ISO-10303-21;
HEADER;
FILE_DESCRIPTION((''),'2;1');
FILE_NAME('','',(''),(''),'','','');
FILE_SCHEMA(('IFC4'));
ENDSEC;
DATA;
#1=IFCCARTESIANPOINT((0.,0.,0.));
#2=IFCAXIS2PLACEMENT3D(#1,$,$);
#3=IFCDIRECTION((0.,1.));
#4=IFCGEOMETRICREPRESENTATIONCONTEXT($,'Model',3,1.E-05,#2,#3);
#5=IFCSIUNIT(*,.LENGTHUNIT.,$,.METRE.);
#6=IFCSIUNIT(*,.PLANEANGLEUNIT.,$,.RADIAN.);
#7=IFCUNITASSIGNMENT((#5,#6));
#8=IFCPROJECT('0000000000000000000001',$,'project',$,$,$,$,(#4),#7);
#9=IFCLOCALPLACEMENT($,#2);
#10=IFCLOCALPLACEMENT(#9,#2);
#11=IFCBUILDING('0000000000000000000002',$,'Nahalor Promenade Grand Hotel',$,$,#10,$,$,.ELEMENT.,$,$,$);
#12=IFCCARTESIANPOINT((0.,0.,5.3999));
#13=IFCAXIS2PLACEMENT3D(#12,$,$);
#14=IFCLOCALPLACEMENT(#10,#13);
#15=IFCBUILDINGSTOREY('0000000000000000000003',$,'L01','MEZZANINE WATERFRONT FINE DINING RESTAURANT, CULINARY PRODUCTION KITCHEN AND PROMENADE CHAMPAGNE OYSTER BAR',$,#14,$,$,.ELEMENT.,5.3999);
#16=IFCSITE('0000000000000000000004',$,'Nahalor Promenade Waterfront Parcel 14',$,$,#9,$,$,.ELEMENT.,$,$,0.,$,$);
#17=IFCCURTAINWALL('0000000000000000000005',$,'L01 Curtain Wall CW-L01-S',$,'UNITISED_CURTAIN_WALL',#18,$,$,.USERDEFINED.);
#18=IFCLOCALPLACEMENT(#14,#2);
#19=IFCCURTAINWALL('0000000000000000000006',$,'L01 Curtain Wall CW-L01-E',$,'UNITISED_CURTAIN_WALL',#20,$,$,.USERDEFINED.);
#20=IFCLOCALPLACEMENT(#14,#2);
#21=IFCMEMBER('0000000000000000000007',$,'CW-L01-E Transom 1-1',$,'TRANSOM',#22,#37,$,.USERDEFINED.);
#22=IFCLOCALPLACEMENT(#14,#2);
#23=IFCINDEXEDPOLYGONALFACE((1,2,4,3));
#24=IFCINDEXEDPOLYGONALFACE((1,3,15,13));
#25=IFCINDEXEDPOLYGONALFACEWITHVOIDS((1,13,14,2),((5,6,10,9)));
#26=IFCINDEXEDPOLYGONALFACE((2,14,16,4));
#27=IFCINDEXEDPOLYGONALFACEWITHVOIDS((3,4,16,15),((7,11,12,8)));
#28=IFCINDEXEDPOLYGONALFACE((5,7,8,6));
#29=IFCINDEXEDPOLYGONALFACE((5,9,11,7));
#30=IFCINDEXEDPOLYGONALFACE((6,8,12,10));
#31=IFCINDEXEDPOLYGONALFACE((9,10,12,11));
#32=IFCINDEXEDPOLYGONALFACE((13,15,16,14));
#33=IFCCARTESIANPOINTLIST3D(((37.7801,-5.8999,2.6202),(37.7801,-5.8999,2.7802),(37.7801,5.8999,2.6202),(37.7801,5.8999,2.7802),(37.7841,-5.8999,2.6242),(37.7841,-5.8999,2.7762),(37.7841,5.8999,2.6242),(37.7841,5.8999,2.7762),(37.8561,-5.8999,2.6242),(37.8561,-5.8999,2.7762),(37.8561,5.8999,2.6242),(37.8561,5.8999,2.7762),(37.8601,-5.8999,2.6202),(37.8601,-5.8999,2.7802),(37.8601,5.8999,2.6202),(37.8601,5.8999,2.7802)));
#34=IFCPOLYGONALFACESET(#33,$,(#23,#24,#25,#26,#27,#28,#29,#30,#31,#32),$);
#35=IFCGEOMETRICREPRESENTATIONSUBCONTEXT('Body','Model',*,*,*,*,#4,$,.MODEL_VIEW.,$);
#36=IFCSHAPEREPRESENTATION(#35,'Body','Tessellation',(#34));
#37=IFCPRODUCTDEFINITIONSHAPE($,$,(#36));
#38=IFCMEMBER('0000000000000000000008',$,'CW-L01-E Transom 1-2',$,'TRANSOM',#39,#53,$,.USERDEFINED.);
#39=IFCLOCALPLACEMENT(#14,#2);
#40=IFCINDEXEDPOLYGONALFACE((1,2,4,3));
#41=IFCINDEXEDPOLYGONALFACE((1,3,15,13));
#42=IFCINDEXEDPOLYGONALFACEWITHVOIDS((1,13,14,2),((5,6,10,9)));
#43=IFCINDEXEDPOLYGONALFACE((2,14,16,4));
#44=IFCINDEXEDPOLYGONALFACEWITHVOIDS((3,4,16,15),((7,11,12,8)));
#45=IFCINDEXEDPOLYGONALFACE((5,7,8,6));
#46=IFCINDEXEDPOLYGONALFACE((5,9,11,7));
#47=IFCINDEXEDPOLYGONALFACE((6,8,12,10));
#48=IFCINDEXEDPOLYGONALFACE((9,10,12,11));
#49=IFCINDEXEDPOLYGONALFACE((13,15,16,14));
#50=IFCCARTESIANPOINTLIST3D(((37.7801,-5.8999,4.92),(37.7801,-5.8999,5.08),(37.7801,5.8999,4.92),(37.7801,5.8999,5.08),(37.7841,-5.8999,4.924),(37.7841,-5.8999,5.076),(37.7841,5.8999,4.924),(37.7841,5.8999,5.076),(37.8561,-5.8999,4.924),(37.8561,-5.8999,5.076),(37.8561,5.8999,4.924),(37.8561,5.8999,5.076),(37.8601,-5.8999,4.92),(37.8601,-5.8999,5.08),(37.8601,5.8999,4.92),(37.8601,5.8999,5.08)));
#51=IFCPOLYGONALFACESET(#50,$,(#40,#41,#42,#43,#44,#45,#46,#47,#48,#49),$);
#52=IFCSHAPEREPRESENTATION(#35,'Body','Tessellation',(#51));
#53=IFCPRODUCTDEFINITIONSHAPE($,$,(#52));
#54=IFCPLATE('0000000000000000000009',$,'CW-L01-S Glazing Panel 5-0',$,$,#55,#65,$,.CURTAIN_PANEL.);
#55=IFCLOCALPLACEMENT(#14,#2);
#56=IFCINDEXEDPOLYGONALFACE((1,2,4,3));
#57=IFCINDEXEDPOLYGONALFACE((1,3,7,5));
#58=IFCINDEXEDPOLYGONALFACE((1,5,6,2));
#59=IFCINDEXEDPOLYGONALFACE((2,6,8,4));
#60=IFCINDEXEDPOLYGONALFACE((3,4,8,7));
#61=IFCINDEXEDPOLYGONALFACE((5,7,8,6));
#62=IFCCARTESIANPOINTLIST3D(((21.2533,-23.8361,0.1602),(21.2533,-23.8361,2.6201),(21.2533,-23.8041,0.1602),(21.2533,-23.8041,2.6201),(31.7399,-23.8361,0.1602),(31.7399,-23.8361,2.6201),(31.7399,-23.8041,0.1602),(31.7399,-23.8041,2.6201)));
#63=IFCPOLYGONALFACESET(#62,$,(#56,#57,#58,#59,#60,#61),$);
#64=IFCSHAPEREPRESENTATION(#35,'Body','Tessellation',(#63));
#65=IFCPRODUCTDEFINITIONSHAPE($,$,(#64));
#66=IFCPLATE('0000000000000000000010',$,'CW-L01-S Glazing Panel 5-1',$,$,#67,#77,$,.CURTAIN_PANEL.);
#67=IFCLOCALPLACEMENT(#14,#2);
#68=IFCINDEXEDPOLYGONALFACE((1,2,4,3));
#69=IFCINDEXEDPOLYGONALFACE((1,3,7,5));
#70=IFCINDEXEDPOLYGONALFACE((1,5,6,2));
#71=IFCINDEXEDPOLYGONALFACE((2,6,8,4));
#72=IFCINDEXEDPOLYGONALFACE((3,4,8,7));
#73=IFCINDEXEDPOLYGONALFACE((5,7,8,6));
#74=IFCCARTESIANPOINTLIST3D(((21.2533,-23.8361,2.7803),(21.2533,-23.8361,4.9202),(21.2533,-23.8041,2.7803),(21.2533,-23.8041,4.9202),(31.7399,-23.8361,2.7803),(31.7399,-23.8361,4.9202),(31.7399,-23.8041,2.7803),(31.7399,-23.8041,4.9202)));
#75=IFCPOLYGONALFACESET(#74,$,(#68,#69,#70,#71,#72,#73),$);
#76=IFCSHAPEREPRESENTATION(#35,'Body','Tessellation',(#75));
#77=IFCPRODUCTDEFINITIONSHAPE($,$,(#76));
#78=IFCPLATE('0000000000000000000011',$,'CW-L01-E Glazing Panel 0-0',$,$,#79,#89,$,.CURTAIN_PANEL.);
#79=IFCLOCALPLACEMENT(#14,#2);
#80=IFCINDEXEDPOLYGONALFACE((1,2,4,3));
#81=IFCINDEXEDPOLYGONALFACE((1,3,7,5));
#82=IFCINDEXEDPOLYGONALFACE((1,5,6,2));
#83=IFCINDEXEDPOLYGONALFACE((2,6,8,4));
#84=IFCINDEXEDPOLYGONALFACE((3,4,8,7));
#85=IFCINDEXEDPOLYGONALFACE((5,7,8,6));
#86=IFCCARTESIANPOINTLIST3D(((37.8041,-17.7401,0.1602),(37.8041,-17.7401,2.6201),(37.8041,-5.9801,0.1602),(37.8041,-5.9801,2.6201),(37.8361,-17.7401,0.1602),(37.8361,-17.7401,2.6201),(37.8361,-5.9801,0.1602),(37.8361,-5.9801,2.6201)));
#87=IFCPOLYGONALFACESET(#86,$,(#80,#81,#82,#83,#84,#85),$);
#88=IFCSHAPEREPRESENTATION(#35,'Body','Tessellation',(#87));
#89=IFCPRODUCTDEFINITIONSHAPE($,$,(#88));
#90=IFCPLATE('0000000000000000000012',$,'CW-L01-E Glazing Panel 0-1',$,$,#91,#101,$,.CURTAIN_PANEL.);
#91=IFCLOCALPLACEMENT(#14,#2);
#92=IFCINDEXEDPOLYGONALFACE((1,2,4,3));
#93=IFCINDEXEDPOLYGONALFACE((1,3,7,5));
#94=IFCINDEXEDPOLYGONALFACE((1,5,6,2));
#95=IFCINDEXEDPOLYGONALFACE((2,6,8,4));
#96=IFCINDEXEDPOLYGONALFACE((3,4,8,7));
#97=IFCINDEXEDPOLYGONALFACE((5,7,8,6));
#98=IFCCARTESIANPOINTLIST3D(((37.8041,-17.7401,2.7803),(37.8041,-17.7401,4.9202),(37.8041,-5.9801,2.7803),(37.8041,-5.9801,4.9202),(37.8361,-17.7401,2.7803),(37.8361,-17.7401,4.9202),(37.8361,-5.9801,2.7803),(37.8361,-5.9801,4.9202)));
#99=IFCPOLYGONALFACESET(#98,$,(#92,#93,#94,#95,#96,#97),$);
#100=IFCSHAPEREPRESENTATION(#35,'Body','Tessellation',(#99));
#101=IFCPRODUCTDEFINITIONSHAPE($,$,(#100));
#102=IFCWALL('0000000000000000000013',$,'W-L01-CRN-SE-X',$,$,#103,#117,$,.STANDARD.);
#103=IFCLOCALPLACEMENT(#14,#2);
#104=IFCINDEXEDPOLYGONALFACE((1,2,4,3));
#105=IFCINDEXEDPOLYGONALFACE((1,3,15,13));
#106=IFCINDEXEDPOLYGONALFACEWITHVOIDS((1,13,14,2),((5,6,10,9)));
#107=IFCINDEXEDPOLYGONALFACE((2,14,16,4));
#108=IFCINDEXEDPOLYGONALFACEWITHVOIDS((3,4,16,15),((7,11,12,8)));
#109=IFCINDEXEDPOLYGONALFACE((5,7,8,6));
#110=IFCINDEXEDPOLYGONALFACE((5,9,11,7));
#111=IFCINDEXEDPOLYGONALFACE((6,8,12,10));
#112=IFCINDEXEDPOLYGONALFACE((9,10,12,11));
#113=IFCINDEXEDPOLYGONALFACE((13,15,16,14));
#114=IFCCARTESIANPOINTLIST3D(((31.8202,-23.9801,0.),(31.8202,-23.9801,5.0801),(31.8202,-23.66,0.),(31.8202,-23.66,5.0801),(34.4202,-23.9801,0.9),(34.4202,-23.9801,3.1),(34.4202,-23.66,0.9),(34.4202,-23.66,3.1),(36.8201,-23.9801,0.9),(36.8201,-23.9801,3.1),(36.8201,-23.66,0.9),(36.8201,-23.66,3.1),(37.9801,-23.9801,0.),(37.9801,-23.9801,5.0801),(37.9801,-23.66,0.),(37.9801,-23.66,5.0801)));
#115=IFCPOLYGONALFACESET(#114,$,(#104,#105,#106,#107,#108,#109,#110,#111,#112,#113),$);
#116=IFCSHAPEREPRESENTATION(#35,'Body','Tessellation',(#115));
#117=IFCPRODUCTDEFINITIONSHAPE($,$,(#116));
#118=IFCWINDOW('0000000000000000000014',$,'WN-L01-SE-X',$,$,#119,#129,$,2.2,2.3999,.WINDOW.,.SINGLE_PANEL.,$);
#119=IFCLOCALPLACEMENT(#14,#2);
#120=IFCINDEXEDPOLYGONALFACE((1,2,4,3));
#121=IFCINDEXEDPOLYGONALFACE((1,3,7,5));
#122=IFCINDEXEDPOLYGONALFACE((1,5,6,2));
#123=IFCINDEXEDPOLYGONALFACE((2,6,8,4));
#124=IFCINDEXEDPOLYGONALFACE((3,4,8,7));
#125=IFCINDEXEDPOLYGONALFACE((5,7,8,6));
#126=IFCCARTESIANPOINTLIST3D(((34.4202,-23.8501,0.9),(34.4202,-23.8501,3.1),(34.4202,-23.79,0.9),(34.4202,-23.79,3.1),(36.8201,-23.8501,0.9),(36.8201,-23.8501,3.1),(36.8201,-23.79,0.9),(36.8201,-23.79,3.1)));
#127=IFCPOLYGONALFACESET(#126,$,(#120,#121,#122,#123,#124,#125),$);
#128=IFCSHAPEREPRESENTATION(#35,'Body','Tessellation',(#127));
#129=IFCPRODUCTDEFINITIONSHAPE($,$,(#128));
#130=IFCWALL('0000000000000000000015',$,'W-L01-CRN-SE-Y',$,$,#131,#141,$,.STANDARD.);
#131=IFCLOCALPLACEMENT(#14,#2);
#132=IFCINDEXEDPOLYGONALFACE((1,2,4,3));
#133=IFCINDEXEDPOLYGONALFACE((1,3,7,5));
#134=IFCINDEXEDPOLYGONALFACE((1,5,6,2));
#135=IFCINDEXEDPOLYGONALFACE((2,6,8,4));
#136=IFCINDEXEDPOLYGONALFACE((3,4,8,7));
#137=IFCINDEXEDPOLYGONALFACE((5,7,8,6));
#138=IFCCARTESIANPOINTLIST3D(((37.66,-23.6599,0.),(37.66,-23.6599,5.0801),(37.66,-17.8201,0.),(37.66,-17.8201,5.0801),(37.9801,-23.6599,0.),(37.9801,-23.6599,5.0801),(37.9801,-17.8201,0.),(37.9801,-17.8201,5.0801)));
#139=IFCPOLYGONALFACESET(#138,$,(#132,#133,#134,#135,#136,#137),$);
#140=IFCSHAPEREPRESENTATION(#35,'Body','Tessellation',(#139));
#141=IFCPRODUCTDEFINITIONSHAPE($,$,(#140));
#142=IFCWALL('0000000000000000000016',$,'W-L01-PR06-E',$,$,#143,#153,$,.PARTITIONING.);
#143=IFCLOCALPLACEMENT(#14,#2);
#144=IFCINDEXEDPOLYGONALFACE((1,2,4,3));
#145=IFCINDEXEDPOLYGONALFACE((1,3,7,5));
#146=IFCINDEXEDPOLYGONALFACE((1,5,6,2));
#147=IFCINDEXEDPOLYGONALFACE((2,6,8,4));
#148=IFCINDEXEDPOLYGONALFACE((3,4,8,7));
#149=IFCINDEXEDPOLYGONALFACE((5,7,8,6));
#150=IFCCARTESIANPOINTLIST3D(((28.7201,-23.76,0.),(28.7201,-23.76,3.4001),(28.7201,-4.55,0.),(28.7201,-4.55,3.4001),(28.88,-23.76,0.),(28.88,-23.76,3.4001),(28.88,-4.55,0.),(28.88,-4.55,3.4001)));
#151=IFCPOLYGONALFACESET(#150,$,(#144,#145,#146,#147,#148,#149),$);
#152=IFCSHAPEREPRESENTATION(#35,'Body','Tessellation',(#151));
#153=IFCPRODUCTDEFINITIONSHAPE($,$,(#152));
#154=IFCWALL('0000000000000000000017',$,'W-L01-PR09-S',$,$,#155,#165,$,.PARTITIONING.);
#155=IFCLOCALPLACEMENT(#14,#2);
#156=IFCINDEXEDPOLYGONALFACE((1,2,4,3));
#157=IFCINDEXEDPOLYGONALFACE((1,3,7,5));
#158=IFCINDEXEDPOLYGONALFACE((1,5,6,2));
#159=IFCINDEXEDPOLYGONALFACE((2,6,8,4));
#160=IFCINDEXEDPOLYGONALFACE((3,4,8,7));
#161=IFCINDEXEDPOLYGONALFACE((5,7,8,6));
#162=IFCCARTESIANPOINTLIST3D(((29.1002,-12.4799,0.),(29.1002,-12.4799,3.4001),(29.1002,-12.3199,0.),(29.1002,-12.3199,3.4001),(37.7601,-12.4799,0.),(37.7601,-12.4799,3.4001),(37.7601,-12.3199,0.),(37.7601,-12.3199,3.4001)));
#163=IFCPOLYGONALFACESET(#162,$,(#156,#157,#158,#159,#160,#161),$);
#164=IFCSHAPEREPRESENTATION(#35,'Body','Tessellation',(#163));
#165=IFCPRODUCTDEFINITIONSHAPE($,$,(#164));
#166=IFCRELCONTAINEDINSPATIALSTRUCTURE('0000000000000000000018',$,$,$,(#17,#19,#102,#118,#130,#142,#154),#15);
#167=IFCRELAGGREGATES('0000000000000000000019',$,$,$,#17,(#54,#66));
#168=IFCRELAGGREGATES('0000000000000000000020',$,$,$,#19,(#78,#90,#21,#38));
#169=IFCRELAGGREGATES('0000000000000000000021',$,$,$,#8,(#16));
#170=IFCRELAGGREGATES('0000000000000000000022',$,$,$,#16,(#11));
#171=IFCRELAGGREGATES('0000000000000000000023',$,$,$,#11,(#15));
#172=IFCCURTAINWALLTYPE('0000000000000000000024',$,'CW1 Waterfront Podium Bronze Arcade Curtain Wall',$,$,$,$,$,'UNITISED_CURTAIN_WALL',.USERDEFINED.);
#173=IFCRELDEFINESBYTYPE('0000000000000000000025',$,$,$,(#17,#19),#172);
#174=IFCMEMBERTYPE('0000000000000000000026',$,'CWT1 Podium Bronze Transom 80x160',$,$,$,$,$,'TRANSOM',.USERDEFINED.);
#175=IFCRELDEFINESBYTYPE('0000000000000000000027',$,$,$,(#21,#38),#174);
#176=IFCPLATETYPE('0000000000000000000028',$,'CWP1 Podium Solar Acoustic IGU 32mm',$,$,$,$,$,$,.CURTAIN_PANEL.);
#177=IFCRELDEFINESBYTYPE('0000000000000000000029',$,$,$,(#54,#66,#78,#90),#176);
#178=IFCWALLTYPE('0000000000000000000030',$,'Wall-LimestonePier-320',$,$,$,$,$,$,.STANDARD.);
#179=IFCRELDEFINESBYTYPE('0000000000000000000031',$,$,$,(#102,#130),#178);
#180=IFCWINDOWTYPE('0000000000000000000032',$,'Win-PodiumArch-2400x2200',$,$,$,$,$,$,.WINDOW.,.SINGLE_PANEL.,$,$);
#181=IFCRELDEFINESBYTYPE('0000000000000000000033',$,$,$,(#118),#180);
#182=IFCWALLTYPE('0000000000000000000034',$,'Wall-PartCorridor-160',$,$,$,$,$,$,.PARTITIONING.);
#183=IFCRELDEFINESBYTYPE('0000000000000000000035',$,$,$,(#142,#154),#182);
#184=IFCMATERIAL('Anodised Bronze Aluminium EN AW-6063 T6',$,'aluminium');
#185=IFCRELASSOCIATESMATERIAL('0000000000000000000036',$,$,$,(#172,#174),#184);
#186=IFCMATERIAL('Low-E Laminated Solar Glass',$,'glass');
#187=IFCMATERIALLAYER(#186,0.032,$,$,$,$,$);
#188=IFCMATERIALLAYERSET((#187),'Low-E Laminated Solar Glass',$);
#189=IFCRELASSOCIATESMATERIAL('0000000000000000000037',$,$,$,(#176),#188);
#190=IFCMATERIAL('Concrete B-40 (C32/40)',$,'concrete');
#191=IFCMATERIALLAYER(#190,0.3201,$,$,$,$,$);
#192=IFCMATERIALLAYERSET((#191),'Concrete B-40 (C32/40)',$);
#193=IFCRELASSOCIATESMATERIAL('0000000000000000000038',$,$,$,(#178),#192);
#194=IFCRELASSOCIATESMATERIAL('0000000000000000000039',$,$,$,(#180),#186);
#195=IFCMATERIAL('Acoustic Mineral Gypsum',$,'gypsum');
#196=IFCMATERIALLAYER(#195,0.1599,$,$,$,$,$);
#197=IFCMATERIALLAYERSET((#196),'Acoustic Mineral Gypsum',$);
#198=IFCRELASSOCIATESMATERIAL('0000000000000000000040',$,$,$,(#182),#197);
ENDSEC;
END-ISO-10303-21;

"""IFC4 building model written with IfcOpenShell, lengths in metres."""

from ifc_helpers import new_model, si_unit, direction, frame, frame_2d, origin, origin_2d, place, context, subcontext, project, spatial, rectangle, hollow_rectangle, extrude, source, transform, mapped, material, layer, layer_set, material_profile, profile_set, type_object, element, fill, aggregate, save


model = new_model("IFC4")

# Units and contexts
model_context = context("Model", 3, precision=1e-05, world=origin(), true_north=direction((0.0, 1.0)))
body_context = subcontext(model_context, "Body", "Model", "MODEL_VIEW")
ifc_project = project(units=[si_unit("LENGTHUNIT", "METRE"), si_unit("PLANEANGLEUNIT", "RADIAN")], contexts=[model_context])

# Site, building, storey
site_placement = place(None, origin())
site = spatial("IfcSite", under=ifc_project, at=site_placement, Name="Nahalor Promenade Waterfront Parcel 14", CompositionType="ELEMENT", RefElevation=0.0)
building_placement = place(site_placement, origin())
building = spatial("IfcBuilding", under=site, at=building_placement, Name="Nahalor Promenade Grand Hotel", CompositionType="ELEMENT")
storey_placement = place(building_placement, frame((0.0, 0.0, 5.3999)))
storey = spatial("IfcBuildingStorey", under=building, at=storey_placement, Name="L01", Description="MEZZANINE WATERFRONT FINE DINING RESTAURANT, CULINARY PRODUCTION KITCHEN AND PROMENADE CHAMPAGNE OYSTER BAR", CompositionType="ELEMENT", Elevation=5.3999)

# Curtain wall
ifc_material_1 = material(Name="Anodised Bronze Aluminium EN AW-6063 T6", Category="aluminium")
curtain_wall_type = type_object("IfcCurtainWallType", Name="CW1 Waterfront Podium Bronze Arcade Curtain Wall", ElementType="UNITISED_CURTAIN_WALL", PredefinedType="USERDEFINED", material=ifc_material_1)
curtain_wall_1_placement = place(storey_placement, origin())
curtain_wall_1 = element("IfcCurtainWall", 1, at=curtain_wall_1_placement, inside=storey, type_object=curtain_wall_type, Name="L01 Curtain Wall CW-L01-S", ObjectType="UNITISED_CURTAIN_WALL", PredefinedType="USERDEFINED")

# Curtain wall, members
curtain_wall_2_placement = place(storey_placement, origin())
curtain_wall_2 = element("IfcCurtainWall", 2, at=curtain_wall_2_placement, inside=storey, type_object=curtain_wall_type, Name="L01 Curtain Wall CW-L01-E", ObjectType="UNITISED_CURTAIN_WALL", PredefinedType="USERDEFINED")
ifc_material_profile_1 = material_profile(ifc_material_1, hollow_rectangle(XDim=0.08, YDim=0.16, WallThickness=0.004, at=origin_2d()), Name="CWT 80x160x4")
ifc_profile_set_1 = profile_set([ifc_material_profile_1], Name="Anodised Bronze Aluminium EN AW-6063 T6")
member_type_1 = type_object("IfcMemberType", Name="CWT1 Podium Bronze Transom 80x160", ElementType="TRANSOM", PredefinedType="USERDEFINED", material=ifc_profile_set_1)
shared_shape_1 = source(origin(), body_context, "Body", "SweptSolid", [
    extrude(hollow_rectangle(XDim=0.08, YDim=0.16, WallThickness=0.004, at=origin_2d()), origin(), (0.0, 0.0, 1.0), 11.7998),
])
member_1_placement = place(storey_placement, frame((37.8201, -5.8999, 2.7002), z_axis=(0.0, 1.0, 0.0), x_axis=(-1.0, 0.0, 0.0)))
member_1 = element("IfcMember", 3, at=member_1_placement, type_object=member_type_1, Name="CW-L01-E Transom 1-1", ObjectType="TRANSOM", PredefinedType="USERDEFINED", context=body_context, shape_type="MappedRepresentation", body=[
    mapped(shared_shape_1, transform((0.0, 0.0, 0.0), scale=1.0)),
])
member_2_placement = place(storey_placement, frame((37.8201, -5.8999, 5.0), z_axis=(0.0, 1.0, 0.0), x_axis=(-1.0, 0.0, 0.0)))
member_2 = element("IfcMember", 4, at=member_2_placement, type_object=member_type_1, Name="CW-L01-E Transom 1-2", ObjectType="TRANSOM", PredefinedType="USERDEFINED", context=body_context, shape_type="MappedRepresentation", body=[
    mapped(shared_shape_1, transform((0.0, 0.0, 0.0), scale=1.0)),
])

# Plates
ifc_material_2 = material(Name="Low-E Laminated Solar Glass", Category="glass")
ifc_layer_1 = layer(ifc_material_2, 0.032)
ifc_layer_set_1 = layer_set([ifc_layer_1], Name="Low-E Laminated Solar Glass")
plate_type = type_object("IfcPlateType", Name="CWP1 Podium Solar Acoustic IGU 32mm", PredefinedType="CURTAIN_PANEL", material=ifc_layer_set_1)
shared_shape_2 = source(origin(), body_context, "Body", "SweptSolid", [
    extrude(rectangle(XDim=10.4866, YDim=0.032, at=origin_2d()), origin(), (0.0, 0.0, 1.0), 2.46),
])
plate_1_placement = place(storey_placement, frame((26.4966, -23.8201, 0.1602), z_axis=(0.0, 0.0, 1.0), x_axis=(1.0, 0.0, 0.0)))
plate_1 = element("IfcPlate", 5, at=plate_1_placement, type_object=plate_type, Name="CW-L01-S Glazing Panel 5-0", PredefinedType="CURTAIN_PANEL", context=body_context, shape_type="MappedRepresentation", body=[
    mapped(shared_shape_2, transform((0.0, 0.0, 0.0), scale=1.0)),
])
shared_shape_3 = source(origin(), body_context, "Body", "SweptSolid", [
    extrude(rectangle(XDim=10.4866, YDim=0.032, at=origin_2d()), origin(), (0.0, 0.0, 1.0), 2.1399),
])
plate_2_placement = place(storey_placement, frame((26.4966, -23.8201, 2.7803), z_axis=(0.0, 0.0, 1.0), x_axis=(1.0, 0.0, 0.0)))
plate_2 = element("IfcPlate", 6, at=plate_2_placement, type_object=plate_type, Name="CW-L01-S Glazing Panel 5-1", PredefinedType="CURTAIN_PANEL", context=body_context, shape_type="MappedRepresentation", body=[
    mapped(shared_shape_3, transform((0.0, 0.0, 0.0), scale=1.0)),
])
aggregate(curtain_wall_1, [plate_1, plate_2])
shared_shape_4 = source(origin(), body_context, "Body", "SweptSolid", [
    extrude(rectangle(XDim=11.76, YDim=0.032, at=origin_2d()), origin(), (0.0, 0.0, 1.0), 2.46),
])
plate_3_placement = place(storey_placement, frame((37.8201, -11.8601, 0.1602), z_axis=(0.0, 0.0, 1.0), x_axis=(0.0, 1.0, 0.0)))
plate_3 = element("IfcPlate", 7, at=plate_3_placement, type_object=plate_type, Name="CW-L01-E Glazing Panel 0-0", PredefinedType="CURTAIN_PANEL", context=body_context, shape_type="MappedRepresentation", body=[
    mapped(shared_shape_4, transform((0.0, 0.0, 0.0), scale=1.0)),
])
shared_shape_5 = source(origin(), body_context, "Body", "SweptSolid", [
    extrude(rectangle(XDim=11.76, YDim=0.032, at=origin_2d()), origin(), (0.0, 0.0, 1.0), 2.1399),
])
plate_4_placement = place(storey_placement, frame((37.8201, -11.8601, 2.7803), z_axis=(0.0, 0.0, 1.0), x_axis=(0.0, 1.0, 0.0)))
plate_4 = element("IfcPlate", 8, at=plate_4_placement, type_object=plate_type, Name="CW-L01-E Glazing Panel 0-1", PredefinedType="CURTAIN_PANEL", context=body_context, shape_type="MappedRepresentation", body=[
    mapped(shared_shape_5, transform((0.0, 0.0, 0.0), scale=1.0)),
])
aggregate(curtain_wall_2, [plate_3, plate_4, member_1, member_2])

# Wall, opening, window
ifc_material_3 = material(Name="Concrete B-40 (C32/40)", Category="concrete")
ifc_layer_2 = layer(ifc_material_3, 0.3201)
ifc_layer_set_2 = layer_set([ifc_layer_2], Name="Concrete B-40 (C32/40)")
wall_type_1 = type_object("IfcWallType", Name="Wall-LimestonePier-320", PredefinedType="STANDARD", material=ifc_layer_set_2)
shared_shape_6 = source(origin(), body_context, "Body", "SweptSolid", [
    extrude(rectangle(XDim=6.1599, YDim=0.3201, at=frame_2d((3.0801, 0.0))), origin(), (0.0, 0.0, 1.0), 5.0801),
])
wall_1_placement = place(storey_placement, frame((31.8201, -23.8201, 0.0), z_axis=(0.0, 0.0, 1.0), x_axis=(1.0, 0.0, 0.0)))
wall_1 = element("IfcWall", 9, at=wall_1_placement, inside=storey, type_object=wall_type_1, Name="W-L01-CRN-SE-X", PredefinedType="STANDARD", context=body_context, shape_type="MappedRepresentation", body=[
    mapped(shared_shape_6, transform((0.0, 0.0, 0.0), scale=1.0)),
])
opening_placement = place(wall_1_placement, frame((2.6001, 0.0, 0.8999)))
opening = element("IfcOpeningElement", 10, at=opening_placement, cuts=wall_1, PredefinedType="OPENING", context=body_context, shape_type="SweptSolid", body=[
    extrude(rectangle(XDim=2.3999, YDim=2.2, at=frame_2d((1.2, 1.1001))), frame((0.0, 0.1699, 0.0), z_axis=(0.0, -1.0, 0.0), x_axis=(1.0, 0.0, 0.0)), (0.0, 0.0, 1.0), 0.3401),
])
window_type = type_object("IfcWindowType", Name="Win-PodiumArch-2400x2200", PartitioningType="SINGLE_PANEL", PredefinedType="WINDOW", material=ifc_material_2)
shared_shape_7 = source(origin(), body_context, "Body", "SweptSolid", [
    extrude(rectangle(XDim=2.3999, YDim=2.2, at=frame_2d((1.2, 1.1001))), frame((0.0, 0.03, 0.0), z_axis=(0.0, -1.0, 0.0), x_axis=(1.0, 0.0, 0.0)), (0.0, 0.0, 1.0), 0.0601),
])
window_placement = place(opening_placement, origin())
window = element("IfcWindow", 11, at=window_placement, inside=storey, type_object=window_type, Name="WN-L01-SE-X", OverallHeight=2.2, OverallWidth=2.3999, PartitioningType="SINGLE_PANEL", PredefinedType="WINDOW", context=body_context, shape_type="MappedRepresentation", body=[
    mapped(shared_shape_7, transform((0.0, 0.0, 0.0), scale=1.0)),
])
fill(opening, window)

# Walls
shared_shape_8 = source(origin(), body_context, "Body", "SweptSolid", [
    extrude(rectangle(XDim=5.8398, YDim=0.3201, at=frame_2d((2.9199, 0.0))), origin(), (0.0, 0.0, 1.0), 5.0801),
])
wall_2_placement = place(storey_placement, frame((37.8201, -23.6599, 0.0), z_axis=(0.0, 0.0, 1.0), x_axis=(0.0, 1.0, 0.0)))
element("IfcWall", 12, at=wall_2_placement, inside=storey, type_object=wall_type_1, Name="W-L01-CRN-SE-Y", PredefinedType="STANDARD", context=body_context, shape_type="MappedRepresentation", body=[
    mapped(shared_shape_8, transform((0.0, 0.0, 0.0), scale=1.0)),
])
ifc_material_4 = material(Name="Acoustic Mineral Gypsum", Category="gypsum")
ifc_layer_3 = layer(ifc_material_4, 0.1599)
ifc_layer_set_3 = layer_set([ifc_layer_3], Name="Acoustic Mineral Gypsum")
wall_type_2 = type_object("IfcWallType", Name="Wall-PartCorridor-160", PredefinedType="PARTITIONING", material=ifc_layer_set_3)
shared_shape_9 = source(origin(), body_context, "Body", "SweptSolid", [
    extrude(rectangle(XDim=19.21, YDim=0.1599, at=frame_2d((9.605, 0.0))), origin(), (0.0, 0.0, 1.0), 3.4001),
])
wall_3_placement = place(storey_placement, frame((28.8, -23.76, 0.0), z_axis=(0.0, 0.0, 1.0), x_axis=(0.0, 1.0, 0.0)))
element("IfcWall", 13, at=wall_3_placement, inside=storey, type_object=wall_type_2, Name="W-L01-PR06-E", PredefinedType="PARTITIONING", context=body_context, shape_type="MappedRepresentation", body=[
    mapped(shared_shape_9, transform((0.0, 0.0, 0.0), scale=1.0)),
])
shared_shape_10 = source(origin(), body_context, "Body", "SweptSolid", [
    extrude(rectangle(XDim=8.6599, YDim=0.1599, at=frame_2d((4.3301, 0.0))), origin(), (0.0, 0.0, 1.0), 3.4001),
])
wall_4_placement = place(storey_placement, frame((29.1001, -12.3999, 0.0), z_axis=(0.0, 0.0, 1.0), x_axis=(1.0, 0.0, 0.0)))
element("IfcWall", 14, at=wall_4_placement, inside=storey, type_object=wall_type_2, Name="W-L01-PR09-S", PredefinedType="PARTITIONING", context=body_context, shape_type="MappedRepresentation", body=[
    mapped(shared_shape_10, transform((0.0, 0.0, 0.0), scale=1.0)),
])

save(model, "model.ifc")
